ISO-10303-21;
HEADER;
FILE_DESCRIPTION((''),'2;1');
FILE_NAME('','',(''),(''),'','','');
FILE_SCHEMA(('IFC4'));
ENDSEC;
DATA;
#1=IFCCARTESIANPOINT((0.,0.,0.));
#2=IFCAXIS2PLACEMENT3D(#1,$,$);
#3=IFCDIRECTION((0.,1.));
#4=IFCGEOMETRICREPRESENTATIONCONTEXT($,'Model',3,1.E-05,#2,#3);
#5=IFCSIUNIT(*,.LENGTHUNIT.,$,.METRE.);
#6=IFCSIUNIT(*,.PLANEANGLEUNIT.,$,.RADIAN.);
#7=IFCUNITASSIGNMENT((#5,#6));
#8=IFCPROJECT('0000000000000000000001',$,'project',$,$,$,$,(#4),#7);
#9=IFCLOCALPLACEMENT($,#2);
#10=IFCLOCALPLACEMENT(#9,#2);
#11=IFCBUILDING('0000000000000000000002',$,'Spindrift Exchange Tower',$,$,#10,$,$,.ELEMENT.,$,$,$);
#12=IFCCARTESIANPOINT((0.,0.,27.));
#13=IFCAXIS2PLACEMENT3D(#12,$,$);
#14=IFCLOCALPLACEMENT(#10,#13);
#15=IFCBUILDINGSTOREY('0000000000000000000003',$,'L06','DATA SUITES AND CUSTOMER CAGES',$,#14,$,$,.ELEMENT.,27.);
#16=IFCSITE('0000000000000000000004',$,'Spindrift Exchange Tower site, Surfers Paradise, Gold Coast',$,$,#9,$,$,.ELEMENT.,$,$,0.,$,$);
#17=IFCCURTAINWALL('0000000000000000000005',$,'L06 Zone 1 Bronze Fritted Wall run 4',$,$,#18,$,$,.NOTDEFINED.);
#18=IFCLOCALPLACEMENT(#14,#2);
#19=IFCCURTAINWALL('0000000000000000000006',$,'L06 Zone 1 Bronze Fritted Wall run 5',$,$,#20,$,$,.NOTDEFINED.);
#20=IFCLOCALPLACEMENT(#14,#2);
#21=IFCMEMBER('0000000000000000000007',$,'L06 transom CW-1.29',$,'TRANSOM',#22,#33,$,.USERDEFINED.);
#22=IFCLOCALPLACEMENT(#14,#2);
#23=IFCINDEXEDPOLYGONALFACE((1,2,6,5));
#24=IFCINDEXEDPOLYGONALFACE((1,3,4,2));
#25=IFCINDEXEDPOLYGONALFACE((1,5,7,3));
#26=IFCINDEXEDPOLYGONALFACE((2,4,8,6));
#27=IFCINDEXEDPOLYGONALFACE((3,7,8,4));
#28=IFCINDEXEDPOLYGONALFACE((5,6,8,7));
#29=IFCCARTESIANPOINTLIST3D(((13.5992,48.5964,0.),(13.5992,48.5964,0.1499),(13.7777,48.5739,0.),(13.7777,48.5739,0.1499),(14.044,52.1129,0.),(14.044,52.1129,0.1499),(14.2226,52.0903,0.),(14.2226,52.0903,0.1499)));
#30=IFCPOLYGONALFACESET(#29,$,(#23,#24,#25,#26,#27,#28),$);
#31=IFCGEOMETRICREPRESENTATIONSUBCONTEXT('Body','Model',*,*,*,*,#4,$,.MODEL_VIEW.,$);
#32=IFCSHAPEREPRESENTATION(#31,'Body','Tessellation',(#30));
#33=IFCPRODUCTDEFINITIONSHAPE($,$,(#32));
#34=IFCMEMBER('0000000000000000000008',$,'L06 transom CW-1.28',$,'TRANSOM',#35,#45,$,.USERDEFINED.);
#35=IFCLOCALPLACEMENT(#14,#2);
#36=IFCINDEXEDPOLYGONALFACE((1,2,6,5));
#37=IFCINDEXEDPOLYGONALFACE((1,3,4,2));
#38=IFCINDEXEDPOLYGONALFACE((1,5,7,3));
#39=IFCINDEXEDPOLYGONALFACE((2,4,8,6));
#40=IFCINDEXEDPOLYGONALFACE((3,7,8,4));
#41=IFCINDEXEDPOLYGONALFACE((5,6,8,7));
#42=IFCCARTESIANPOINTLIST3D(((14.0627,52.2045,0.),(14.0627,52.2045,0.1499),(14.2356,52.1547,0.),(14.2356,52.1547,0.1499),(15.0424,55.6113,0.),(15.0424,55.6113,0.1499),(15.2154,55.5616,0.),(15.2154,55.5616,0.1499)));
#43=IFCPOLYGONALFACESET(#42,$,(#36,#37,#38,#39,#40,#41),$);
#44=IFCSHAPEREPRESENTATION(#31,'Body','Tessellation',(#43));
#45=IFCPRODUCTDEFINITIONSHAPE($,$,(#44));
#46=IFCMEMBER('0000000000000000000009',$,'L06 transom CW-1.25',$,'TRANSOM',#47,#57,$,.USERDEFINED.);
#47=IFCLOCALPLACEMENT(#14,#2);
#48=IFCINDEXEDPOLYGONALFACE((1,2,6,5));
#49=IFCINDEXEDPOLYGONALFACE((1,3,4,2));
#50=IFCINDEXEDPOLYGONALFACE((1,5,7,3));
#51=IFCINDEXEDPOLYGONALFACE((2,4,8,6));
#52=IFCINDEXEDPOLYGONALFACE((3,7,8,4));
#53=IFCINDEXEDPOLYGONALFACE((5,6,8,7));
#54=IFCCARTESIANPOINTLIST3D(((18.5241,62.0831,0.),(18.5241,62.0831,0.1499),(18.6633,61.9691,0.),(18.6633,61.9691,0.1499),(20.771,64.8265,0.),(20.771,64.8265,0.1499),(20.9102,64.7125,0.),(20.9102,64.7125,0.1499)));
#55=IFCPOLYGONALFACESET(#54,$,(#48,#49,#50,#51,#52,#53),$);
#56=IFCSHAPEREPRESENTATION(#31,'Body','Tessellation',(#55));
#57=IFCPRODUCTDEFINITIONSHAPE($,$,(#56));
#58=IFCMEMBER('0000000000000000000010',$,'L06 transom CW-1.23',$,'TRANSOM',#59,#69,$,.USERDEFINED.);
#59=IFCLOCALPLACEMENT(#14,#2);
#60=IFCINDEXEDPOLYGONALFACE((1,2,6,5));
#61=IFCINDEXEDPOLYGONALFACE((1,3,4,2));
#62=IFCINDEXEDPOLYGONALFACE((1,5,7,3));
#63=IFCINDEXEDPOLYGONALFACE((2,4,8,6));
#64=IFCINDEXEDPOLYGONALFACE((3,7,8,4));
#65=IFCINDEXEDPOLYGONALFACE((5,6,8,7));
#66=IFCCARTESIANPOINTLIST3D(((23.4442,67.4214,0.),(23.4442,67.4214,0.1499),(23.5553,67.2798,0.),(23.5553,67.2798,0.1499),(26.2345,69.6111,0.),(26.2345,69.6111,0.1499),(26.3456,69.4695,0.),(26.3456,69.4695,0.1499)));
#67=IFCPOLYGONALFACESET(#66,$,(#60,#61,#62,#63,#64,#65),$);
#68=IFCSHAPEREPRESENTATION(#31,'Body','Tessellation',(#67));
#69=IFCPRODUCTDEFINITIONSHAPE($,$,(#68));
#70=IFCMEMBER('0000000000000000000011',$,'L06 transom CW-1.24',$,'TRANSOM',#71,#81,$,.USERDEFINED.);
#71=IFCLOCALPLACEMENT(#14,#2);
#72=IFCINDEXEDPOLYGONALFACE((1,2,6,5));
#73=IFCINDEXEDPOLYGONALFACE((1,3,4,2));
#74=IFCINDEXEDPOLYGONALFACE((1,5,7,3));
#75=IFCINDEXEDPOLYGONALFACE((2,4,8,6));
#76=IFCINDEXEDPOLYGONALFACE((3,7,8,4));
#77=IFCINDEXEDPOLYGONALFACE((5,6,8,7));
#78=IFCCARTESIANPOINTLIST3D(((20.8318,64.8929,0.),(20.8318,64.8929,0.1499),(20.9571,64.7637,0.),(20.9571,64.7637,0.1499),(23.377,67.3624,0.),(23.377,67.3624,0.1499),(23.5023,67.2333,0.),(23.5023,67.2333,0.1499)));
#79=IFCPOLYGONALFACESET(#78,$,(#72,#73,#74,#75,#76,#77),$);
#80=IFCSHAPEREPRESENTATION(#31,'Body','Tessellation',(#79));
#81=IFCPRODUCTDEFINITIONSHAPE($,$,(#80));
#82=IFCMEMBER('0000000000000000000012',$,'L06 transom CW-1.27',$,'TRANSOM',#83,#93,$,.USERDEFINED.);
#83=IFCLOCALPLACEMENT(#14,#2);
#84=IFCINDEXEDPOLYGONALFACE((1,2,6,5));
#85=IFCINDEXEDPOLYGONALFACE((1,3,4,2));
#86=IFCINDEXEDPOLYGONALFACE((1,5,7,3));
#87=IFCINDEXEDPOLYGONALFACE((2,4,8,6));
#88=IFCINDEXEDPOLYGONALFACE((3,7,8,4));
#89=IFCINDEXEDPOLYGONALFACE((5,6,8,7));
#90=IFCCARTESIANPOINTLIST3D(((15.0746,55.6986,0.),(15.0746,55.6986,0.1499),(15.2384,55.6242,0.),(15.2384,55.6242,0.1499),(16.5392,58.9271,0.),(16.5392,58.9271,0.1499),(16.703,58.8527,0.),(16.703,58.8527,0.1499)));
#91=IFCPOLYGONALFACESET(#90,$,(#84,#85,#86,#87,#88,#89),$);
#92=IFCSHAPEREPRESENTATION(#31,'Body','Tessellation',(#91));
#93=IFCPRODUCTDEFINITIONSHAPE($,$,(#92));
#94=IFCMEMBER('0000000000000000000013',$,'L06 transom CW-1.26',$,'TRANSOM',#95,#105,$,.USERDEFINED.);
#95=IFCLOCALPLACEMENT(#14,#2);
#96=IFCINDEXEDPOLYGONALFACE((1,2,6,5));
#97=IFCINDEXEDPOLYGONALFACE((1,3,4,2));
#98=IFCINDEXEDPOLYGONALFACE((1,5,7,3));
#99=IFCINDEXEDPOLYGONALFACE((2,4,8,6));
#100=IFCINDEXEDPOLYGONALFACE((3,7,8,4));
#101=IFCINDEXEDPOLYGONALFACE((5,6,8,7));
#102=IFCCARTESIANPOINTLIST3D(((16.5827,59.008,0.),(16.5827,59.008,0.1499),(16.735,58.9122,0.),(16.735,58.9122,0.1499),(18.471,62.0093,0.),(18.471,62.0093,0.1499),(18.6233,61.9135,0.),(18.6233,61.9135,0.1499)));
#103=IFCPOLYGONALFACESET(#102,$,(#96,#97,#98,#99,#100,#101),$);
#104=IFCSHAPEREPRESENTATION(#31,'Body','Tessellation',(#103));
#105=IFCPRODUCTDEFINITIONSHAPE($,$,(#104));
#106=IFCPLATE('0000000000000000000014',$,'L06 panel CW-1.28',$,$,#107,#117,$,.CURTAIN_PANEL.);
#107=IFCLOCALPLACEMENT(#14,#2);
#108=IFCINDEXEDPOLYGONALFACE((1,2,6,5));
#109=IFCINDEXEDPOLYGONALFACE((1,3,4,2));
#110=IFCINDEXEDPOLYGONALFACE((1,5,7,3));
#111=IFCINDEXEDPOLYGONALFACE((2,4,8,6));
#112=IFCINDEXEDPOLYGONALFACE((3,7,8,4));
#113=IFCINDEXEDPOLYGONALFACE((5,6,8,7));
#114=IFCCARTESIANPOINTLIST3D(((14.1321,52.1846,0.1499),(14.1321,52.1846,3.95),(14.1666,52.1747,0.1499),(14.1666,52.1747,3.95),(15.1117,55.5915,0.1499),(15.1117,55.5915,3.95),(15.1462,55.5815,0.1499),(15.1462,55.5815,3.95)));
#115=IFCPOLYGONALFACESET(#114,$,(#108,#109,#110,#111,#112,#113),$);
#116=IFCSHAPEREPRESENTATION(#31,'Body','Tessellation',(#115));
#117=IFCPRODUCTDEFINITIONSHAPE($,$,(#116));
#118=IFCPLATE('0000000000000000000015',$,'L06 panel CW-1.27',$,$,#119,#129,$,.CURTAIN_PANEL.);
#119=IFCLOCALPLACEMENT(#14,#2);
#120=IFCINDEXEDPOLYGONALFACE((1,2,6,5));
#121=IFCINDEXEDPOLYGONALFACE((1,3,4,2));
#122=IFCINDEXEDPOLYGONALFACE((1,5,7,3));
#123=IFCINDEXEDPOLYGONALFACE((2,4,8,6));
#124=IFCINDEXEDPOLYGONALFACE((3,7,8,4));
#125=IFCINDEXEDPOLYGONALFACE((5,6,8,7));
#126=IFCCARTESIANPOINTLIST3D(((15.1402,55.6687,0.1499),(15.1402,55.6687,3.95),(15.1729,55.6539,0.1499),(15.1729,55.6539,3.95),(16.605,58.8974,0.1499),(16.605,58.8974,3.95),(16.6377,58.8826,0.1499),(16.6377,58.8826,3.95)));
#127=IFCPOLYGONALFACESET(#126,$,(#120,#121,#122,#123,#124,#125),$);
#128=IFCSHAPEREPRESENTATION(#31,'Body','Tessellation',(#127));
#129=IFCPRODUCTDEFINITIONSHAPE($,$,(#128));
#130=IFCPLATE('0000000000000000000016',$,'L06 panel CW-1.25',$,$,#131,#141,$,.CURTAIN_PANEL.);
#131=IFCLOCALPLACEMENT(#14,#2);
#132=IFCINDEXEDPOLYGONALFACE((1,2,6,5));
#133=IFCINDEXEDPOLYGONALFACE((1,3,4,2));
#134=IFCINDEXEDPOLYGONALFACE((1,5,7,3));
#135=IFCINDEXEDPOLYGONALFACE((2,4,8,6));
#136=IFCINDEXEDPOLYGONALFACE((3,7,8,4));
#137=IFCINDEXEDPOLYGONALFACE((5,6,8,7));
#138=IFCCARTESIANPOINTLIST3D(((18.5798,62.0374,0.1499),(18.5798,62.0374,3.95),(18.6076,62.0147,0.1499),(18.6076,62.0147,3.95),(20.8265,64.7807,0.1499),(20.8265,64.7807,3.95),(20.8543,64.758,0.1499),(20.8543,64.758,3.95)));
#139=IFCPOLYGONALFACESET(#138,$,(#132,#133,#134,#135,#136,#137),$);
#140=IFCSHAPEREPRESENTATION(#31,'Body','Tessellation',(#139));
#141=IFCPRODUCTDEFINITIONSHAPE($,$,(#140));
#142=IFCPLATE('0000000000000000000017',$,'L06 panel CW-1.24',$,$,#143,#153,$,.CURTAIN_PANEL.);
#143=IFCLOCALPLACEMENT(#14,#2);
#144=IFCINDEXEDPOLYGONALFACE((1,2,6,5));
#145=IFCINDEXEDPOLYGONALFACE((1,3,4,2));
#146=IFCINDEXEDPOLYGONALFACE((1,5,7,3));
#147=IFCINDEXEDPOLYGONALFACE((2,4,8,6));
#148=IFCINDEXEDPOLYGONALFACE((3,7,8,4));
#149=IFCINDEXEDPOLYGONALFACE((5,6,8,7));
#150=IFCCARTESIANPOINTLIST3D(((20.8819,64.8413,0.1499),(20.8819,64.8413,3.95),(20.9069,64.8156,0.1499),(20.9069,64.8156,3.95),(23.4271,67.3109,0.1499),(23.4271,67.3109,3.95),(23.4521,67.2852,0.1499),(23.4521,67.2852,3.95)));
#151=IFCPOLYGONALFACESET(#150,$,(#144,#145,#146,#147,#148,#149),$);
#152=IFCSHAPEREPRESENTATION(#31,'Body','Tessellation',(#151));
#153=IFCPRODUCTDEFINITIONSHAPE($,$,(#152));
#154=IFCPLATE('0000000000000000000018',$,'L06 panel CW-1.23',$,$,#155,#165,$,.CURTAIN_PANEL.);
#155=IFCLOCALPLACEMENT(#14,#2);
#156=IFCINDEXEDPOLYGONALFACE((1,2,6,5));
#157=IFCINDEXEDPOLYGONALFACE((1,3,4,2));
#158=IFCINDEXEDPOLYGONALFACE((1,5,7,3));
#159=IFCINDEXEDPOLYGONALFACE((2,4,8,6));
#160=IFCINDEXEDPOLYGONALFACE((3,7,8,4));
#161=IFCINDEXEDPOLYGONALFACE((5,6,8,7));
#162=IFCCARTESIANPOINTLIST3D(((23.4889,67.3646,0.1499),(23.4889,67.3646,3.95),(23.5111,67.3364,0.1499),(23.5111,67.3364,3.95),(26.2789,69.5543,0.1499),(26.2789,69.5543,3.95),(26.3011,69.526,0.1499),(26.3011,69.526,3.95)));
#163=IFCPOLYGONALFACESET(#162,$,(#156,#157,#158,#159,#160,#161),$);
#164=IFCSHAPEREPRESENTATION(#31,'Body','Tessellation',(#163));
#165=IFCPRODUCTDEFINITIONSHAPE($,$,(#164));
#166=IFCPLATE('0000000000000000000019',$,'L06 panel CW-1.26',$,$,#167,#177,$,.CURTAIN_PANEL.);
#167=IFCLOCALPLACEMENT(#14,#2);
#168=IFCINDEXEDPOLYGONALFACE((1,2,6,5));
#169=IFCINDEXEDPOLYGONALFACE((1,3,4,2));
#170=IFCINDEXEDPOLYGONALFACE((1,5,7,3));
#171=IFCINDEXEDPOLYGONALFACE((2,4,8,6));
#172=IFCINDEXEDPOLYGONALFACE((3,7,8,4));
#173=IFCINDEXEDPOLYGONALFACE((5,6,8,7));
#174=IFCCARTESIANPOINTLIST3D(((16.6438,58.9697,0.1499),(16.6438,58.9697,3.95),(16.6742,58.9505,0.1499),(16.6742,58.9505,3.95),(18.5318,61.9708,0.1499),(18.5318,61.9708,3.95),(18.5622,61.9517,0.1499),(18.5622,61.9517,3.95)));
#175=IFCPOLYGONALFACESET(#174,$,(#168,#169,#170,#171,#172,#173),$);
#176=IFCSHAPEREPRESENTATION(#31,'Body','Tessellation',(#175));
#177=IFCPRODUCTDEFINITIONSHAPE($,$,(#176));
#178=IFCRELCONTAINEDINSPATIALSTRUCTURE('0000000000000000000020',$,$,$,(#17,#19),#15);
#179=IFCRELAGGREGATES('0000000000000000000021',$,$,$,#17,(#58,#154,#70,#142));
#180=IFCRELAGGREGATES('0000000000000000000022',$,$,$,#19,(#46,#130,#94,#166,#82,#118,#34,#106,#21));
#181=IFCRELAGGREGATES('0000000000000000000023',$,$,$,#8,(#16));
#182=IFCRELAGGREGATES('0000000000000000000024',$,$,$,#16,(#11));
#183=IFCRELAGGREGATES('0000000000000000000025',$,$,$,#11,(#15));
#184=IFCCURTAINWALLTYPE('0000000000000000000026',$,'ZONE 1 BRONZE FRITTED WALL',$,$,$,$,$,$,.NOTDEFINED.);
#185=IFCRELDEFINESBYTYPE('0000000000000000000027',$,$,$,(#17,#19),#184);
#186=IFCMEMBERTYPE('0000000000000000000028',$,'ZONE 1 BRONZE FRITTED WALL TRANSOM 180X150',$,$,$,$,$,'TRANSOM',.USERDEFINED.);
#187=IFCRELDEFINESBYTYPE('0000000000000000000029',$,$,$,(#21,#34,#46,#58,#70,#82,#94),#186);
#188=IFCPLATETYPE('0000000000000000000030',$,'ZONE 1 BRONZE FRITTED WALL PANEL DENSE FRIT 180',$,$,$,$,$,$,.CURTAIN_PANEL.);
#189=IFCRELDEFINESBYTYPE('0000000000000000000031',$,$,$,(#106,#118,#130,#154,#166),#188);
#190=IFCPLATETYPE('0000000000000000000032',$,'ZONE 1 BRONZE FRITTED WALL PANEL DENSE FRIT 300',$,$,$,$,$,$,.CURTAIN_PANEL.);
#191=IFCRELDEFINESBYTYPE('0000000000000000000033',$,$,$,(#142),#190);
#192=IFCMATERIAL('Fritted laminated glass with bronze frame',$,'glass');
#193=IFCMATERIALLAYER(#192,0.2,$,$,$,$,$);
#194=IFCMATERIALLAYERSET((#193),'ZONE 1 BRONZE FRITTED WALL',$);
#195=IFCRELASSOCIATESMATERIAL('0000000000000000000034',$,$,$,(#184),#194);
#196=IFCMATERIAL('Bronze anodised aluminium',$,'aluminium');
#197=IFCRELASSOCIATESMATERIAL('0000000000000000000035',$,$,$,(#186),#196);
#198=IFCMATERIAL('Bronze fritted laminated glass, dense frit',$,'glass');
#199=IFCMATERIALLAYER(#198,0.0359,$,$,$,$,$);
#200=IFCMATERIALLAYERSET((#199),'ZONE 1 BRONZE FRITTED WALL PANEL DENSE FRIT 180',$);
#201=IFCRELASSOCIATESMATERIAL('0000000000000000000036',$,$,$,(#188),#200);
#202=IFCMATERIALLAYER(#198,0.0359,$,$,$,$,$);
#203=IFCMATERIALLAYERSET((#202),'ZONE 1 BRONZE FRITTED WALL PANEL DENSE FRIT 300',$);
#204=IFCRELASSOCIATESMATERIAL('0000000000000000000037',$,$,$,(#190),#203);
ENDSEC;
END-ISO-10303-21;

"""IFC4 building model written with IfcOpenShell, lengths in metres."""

from ifc_helpers import new_model, si_unit, direction, frame, origin, origin_2d, place, context, subcontext, project, spatial, rectangle, extrude, source, transform, mapped, material, layer, layer_set, material_profile, profile_set, type_object, element, aggregate, save


model = new_model("IFC4")

# Units and contexts
model_context = context("Model", 3, precision=1e-05, world=origin(), true_north=direction((0.0, 1.0)))
body_context = subcontext(model_context, "Body", "Model", "MODEL_VIEW")
ifc_project = project(units=[si_unit("LENGTHUNIT", "METRE"), si_unit("PLANEANGLEUNIT", "RADIAN")], contexts=[model_context])

# Site, building, storey
site_placement = place(None, origin())
site = spatial("IfcSite", under=ifc_project, at=site_placement, Name="Spindrift Exchange Tower site, Surfers Paradise, Gold Coast", CompositionType="ELEMENT", RefElevation=0.0)
building_placement = place(site_placement, origin())
building = spatial("IfcBuilding", under=site, at=building_placement, Name="Spindrift Exchange Tower", CompositionType="ELEMENT")
storey_placement = place(building_placement, frame((0.0, 0.0, 27.0)))
storey = spatial("IfcBuildingStorey", under=building, at=storey_placement, Name="L06", Description="DATA SUITES AND CUSTOMER CAGES", CompositionType="ELEMENT", Elevation=27.0)

# Curtain walls, members
ifc_material_1 = material(Name="Fritted laminated glass with bronze frame", Category="glass")
ifc_layer_1 = layer(ifc_material_1, 0.2)
ifc_layer_set_1 = layer_set([ifc_layer_1], Name="ZONE 1 BRONZE FRITTED WALL")
curtain_wall_type = type_object("IfcCurtainWallType", Name="ZONE 1 BRONZE FRITTED WALL", PredefinedType="NOTDEFINED", material=ifc_layer_set_1)
curtain_wall_1_placement = place(storey_placement, origin())
curtain_wall_1 = element("IfcCurtainWall", 1, at=curtain_wall_1_placement, inside=storey, type_object=curtain_wall_type, Name="L06 Zone 1 Bronze Fritted Wall run 4", PredefinedType="NOTDEFINED")
ifc_material_2 = material(Name="Bronze anodised aluminium", Category="aluminium")
curtain_wall_2_placement = place(storey_placement, origin())
curtain_wall_2 = element("IfcCurtainWall", 2, at=curtain_wall_2_placement, inside=storey, type_object=curtain_wall_type, Name="L06 Zone 1 Bronze Fritted Wall run 5", PredefinedType="NOTDEFINED")
ifc_material_profile_1 = material_profile(ifc_material_2, rectangle(XDim=0.1799, YDim=0.1499, at=origin_2d()), Name="ZONE 1 BRONZE FRITTED WALL TRANSOM 180X150")
ifc_profile_set_1 = profile_set([ifc_material_profile_1], Name="Bronze anodised aluminium")
member_type_1 = type_object("IfcMemberType", Name="ZONE 1 BRONZE FRITTED WALL TRANSOM 180X150", ElementType="TRANSOM", PredefinedType="USERDEFINED", material=ifc_profile_set_1)
shared_shape_1 = source(origin(), body_context, "Body", "SweptSolid", [
    extrude(rectangle(XDim=0.1799, YDim=0.1499, at=origin_2d()), origin(), (0.0, 0.0, 1.0), 3.5444),
])
member_1_placement = place(storey_placement, frame((14.1333, 52.1016, 0.075), z_axis=(-0.125501, -0.992093, 0.0), x_axis=(0.992093, -0.125501, 0.0)))
member_1 = element("IfcMember", 3, at=member_1_placement, type_object=member_type_1, Name="L06 transom CW-1.29", ObjectType="TRANSOM", PredefinedType="USERDEFINED", context=body_context, shape_type="MappedRepresentation", body=[
    mapped(shared_shape_1, transform((0.0, 0.0, 0.0), scale=1.0)),
])
shared_shape_2 = source(origin(), body_context, "Body", "SweptSolid", [
    extrude(rectangle(XDim=0.1799, YDim=0.1499, at=origin_2d()), origin(), (0.0, 0.0, 1.0), 3.5449),
])
member_2_placement = place(storey_placement, frame((15.1289, 55.5864, 0.075), z_axis=(-0.276385, -0.961047, 0.0), x_axis=(0.961047, -0.276385, 0.0)))
member_2 = element("IfcMember", 4, at=member_2_placement, type_object=member_type_1, Name="L06 transom CW-1.28", ObjectType="TRANSOM", PredefinedType="USERDEFINED", context=body_context, shape_type="MappedRepresentation", body=[
    mapped(shared_shape_2, transform((0.0, 0.0, 0.0), scale=1.0)),
])
shared_shape_3 = source(origin(), body_context, "Body", "SweptSolid", [
    extrude(rectangle(XDim=0.1799, YDim=0.1499, at=origin_2d()), origin(), (0.0, 0.0, 1.0), 3.5461),
])
member_3_placement = place(storey_placement, frame((20.8406, 64.7695, 0.075), z_axis=(-0.633613, -0.77365, 0.0), x_axis=(0.77365, -0.633613, 0.0)))
member_3 = element("IfcMember", 5, at=member_3_placement, type_object=member_type_1, Name="L06 transom CW-1.25", ObjectType="TRANSOM", PredefinedType="USERDEFINED", context=body_context, shape_type="MappedRepresentation", body=[
    mapped(shared_shape_3, transform((0.0, 0.0, 0.0), scale=1.0)),
])

# Members
shared_shape_4 = source(origin(), body_context, "Body", "SweptSolid", [
    extrude(rectangle(XDim=0.1799, YDim=0.1499, at=origin_2d()), origin(), (0.0, 0.0, 1.0), 3.5469),
])
member_4_placement = place(storey_placement, frame((26.29, 69.5403, 0.075), z_axis=(-0.786684, -0.617356, 0.0), x_axis=(0.617356, -0.786684, 0.0)))
member_4 = element("IfcMember", 6, at=member_4_placement, type_object=member_type_1, Name="L06 transom CW-1.23", ObjectType="TRANSOM", PredefinedType="USERDEFINED", context=body_context, shape_type="MappedRepresentation", body=[
    mapped(shared_shape_4, transform((0.0, 0.0, 0.0), scale=1.0)),
])
shared_shape_5 = source(origin(), body_context, "Body", "SweptSolid", [
    extrude(rectangle(XDim=0.1799, YDim=0.1499, at=origin_2d()), origin(), (0.0, 0.0, 1.0), 3.5464),
])
member_5_placement = place(storey_placement, frame((23.4397, 67.2979, 0.075), z_axis=(-0.717697, -0.696355, 0.0), x_axis=(0.696355, -0.717697, 0.0)))
member_5 = element("IfcMember", 7, at=member_5_placement, type_object=member_type_1, Name="L06 transom CW-1.24", ObjectType="TRANSOM", PredefinedType="USERDEFINED", context=body_context, shape_type="MappedRepresentation", body=[
    mapped(shared_shape_5, transform((0.0, 0.0, 0.0), scale=1.0)),
])
shared_shape_6 = source(origin(), body_context, "Body", "SweptSolid", [
    extrude(rectangle(XDim=0.1799, YDim=0.1499, at=origin_2d()), origin(), (0.0, 0.0, 1.0), 3.5452),
])
member_6_placement = place(storey_placement, frame((16.6211, 58.8899, 0.075), z_axis=(-0.413123, -0.910675, 0.0), x_axis=(0.910675, -0.413123, 0.0)))
member_6 = element("IfcMember", 8, at=member_6_placement, type_object=member_type_1, Name="L06 transom CW-1.27", ObjectType="TRANSOM", PredefinedType="USERDEFINED", context=body_context, shape_type="MappedRepresentation", body=[
    mapped(shared_shape_6, transform((0.0, 0.0, 0.0), scale=1.0)),
])
shared_shape_7 = source(origin(), body_context, "Body", "SweptSolid", [
    extrude(rectangle(XDim=0.1799, YDim=0.1499, at=origin_2d()), origin(), (0.0, 0.0, 1.0), 3.5459),
])
member_7_placement = place(storey_placement, frame((18.5471, 61.9614, 0.075), z_axis=(-0.532516, -0.84642, 0.0), x_axis=(0.84642, -0.532516, 0.0)))
member_7 = element("IfcMember", 9, at=member_7_placement, type_object=member_type_1, Name="L06 transom CW-1.26", ObjectType="TRANSOM", PredefinedType="USERDEFINED", context=body_context, shape_type="MappedRepresentation", body=[
    mapped(shared_shape_7, transform((0.0, 0.0, 0.0), scale=1.0)),
])

# Plates
ifc_material_3 = material(Name="Bronze fritted laminated glass, dense frit", Category="glass")
ifc_layer_2 = layer(ifc_material_3, 0.0359)
ifc_layer_set_2 = layer_set([ifc_layer_2], Name="ZONE 1 BRONZE FRITTED WALL PANEL DENSE FRIT 180")
plate_type_1 = type_object("IfcPlateType", Name="ZONE 1 BRONZE FRITTED WALL PANEL DENSE FRIT 180", PredefinedType="CURTAIN_PANEL", material=ifc_layer_set_2)
shared_shape_8 = source(origin(), body_context, "Body", "SweptSolid", [
    extrude(rectangle(XDim=3.5449, YDim=0.0359, at=origin_2d()), origin(), (0.0, 0.0, 1.0), 3.8),
])
plate_1_placement = place(storey_placement, frame((14.6392, 53.8831, 0.1499), z_axis=(0.0, 0.0, 1.0), x_axis=(-0.276349, -0.961057, 0.0)))
plate_1 = element("IfcPlate", 10, at=plate_1_placement, type_object=plate_type_1, Name="L06 panel CW-1.28", PredefinedType="CURTAIN_PANEL", context=body_context, shape_type="MappedRepresentation", body=[
    mapped(shared_shape_8, transform((0.0, 0.0, 0.0), scale=1.0)),
])
shared_shape_9 = source(origin(), body_context, "Body", "SweptSolid", [
    extrude(rectangle(XDim=3.5454, YDim=0.0359, at=origin_2d()), origin(), (0.0, 0.0, 1.0), 3.8),
])
plate_2_placement = place(storey_placement, frame((15.8889, 57.2756, 0.1499), z_axis=(0.0, 0.0, 1.0), x_axis=(-0.413154, -0.910661, 0.0)))
plate_2 = element("IfcPlate", 11, at=plate_2_placement, type_object=plate_type_1, Name="L06 panel CW-1.27", PredefinedType="CURTAIN_PANEL", context=body_context, shape_type="MappedRepresentation", body=[
    mapped(shared_shape_9, transform((0.0, 0.0, 0.0), scale=1.0)),
])
shared_shape_10 = source(origin(), body_context, "Body", "SweptSolid", [
    extrude(rectangle(XDim=3.5459, YDim=0.0359, at=origin_2d()), origin(), (0.0, 0.0, 1.0), 3.8),
])
plate_3_placement = place(storey_placement, frame((19.717, 63.3977, 0.1499), z_axis=(0.0, 0.0, 1.0), x_axis=(-0.63361, -0.773652, 0.0)))
plate_3 = element("IfcPlate", 12, at=plate_3_placement, type_object=plate_type_1, Name="L06 panel CW-1.25", PredefinedType="CURTAIN_PANEL", context=body_context, shape_type="MappedRepresentation", body=[
    mapped(shared_shape_10, transform((0.0, 0.0, 0.0), scale=1.0)),
])
ifc_layer_3 = layer(ifc_material_3, 0.0359)
ifc_layer_set_3 = layer_set([ifc_layer_3], Name="ZONE 1 BRONZE FRITTED WALL PANEL DENSE FRIT 300")
plate_type_2 = type_object("IfcPlateType", Name="ZONE 1 BRONZE FRITTED WALL PANEL DENSE FRIT 300", PredefinedType="CURTAIN_PANEL", material=ifc_layer_set_3)
shared_shape_11 = source(origin(), body_context, "Body", "SweptSolid", [
    extrude(rectangle(XDim=3.5464, YDim=0.0359, at=origin_2d()), origin(), (0.0, 0.0, 1.0), 3.8),
])
plate_4_placement = place(storey_placement, frame((22.167, 66.0632, 0.1499), z_axis=(0.0, 0.0, 1.0), x_axis=(-0.717684, -0.696369, 0.0)))
plate_4 = element("IfcPlate", 13, at=plate_4_placement, type_object=plate_type_2, Name="L06 panel CW-1.24", PredefinedType="CURTAIN_PANEL", context=body_context, shape_type="MappedRepresentation", body=[
    mapped(shared_shape_11, transform((0.0, 0.0, 0.0), scale=1.0)),
])
shared_shape_12 = source(origin(), body_context, "Body", "SweptSolid", [
    extrude(rectangle(XDim=3.5466, YDim=0.0359, at=origin_2d()), origin(), (0.0, 0.0, 1.0), 3.8),
])
plate_5_placement = place(storey_placement, frame((24.895, 68.4453, 0.1499), z_axis=(0.0, 0.0, 1.0), x_axis=(-0.786659, -0.617387, 0.0)))
plate_5 = element("IfcPlate", 14, at=plate_5_placement, type_object=plate_type_1, Name="L06 panel CW-1.23", PredefinedType="CURTAIN_PANEL", context=body_context, shape_type="MappedRepresentation", body=[
    mapped(shared_shape_12, transform((0.0, 0.0, 0.0), scale=1.0)),
])
aggregate(curtain_wall_1, [member_4, plate_5, member_5, plate_4])
shared_shape_13 = source(origin(), body_context, "Body", "SweptSolid", [
    extrude(rectangle(XDim=3.5457, YDim=0.0359, at=origin_2d()), origin(), (0.0, 0.0, 1.0), 3.8),
])
plate_6_placement = place(storey_placement, frame((17.603, 60.4607, 0.1499), z_axis=(0.0, 0.0, 1.0), x_axis=(-0.532483, -0.84644, 0.0)))
plate_6 = element("IfcPlate", 15, at=plate_6_placement, type_object=plate_type_1, Name="L06 panel CW-1.26", PredefinedType="CURTAIN_PANEL", context=body_context, shape_type="MappedRepresentation", body=[
    mapped(shared_shape_13, transform((0.0, 0.0, 0.0), scale=1.0)),
])
aggregate(curtain_wall_2, [member_3, plate_3, member_7, plate_6, member_6, plate_2, member_2, plate_1, member_1])

save(model, "model.ifc")
